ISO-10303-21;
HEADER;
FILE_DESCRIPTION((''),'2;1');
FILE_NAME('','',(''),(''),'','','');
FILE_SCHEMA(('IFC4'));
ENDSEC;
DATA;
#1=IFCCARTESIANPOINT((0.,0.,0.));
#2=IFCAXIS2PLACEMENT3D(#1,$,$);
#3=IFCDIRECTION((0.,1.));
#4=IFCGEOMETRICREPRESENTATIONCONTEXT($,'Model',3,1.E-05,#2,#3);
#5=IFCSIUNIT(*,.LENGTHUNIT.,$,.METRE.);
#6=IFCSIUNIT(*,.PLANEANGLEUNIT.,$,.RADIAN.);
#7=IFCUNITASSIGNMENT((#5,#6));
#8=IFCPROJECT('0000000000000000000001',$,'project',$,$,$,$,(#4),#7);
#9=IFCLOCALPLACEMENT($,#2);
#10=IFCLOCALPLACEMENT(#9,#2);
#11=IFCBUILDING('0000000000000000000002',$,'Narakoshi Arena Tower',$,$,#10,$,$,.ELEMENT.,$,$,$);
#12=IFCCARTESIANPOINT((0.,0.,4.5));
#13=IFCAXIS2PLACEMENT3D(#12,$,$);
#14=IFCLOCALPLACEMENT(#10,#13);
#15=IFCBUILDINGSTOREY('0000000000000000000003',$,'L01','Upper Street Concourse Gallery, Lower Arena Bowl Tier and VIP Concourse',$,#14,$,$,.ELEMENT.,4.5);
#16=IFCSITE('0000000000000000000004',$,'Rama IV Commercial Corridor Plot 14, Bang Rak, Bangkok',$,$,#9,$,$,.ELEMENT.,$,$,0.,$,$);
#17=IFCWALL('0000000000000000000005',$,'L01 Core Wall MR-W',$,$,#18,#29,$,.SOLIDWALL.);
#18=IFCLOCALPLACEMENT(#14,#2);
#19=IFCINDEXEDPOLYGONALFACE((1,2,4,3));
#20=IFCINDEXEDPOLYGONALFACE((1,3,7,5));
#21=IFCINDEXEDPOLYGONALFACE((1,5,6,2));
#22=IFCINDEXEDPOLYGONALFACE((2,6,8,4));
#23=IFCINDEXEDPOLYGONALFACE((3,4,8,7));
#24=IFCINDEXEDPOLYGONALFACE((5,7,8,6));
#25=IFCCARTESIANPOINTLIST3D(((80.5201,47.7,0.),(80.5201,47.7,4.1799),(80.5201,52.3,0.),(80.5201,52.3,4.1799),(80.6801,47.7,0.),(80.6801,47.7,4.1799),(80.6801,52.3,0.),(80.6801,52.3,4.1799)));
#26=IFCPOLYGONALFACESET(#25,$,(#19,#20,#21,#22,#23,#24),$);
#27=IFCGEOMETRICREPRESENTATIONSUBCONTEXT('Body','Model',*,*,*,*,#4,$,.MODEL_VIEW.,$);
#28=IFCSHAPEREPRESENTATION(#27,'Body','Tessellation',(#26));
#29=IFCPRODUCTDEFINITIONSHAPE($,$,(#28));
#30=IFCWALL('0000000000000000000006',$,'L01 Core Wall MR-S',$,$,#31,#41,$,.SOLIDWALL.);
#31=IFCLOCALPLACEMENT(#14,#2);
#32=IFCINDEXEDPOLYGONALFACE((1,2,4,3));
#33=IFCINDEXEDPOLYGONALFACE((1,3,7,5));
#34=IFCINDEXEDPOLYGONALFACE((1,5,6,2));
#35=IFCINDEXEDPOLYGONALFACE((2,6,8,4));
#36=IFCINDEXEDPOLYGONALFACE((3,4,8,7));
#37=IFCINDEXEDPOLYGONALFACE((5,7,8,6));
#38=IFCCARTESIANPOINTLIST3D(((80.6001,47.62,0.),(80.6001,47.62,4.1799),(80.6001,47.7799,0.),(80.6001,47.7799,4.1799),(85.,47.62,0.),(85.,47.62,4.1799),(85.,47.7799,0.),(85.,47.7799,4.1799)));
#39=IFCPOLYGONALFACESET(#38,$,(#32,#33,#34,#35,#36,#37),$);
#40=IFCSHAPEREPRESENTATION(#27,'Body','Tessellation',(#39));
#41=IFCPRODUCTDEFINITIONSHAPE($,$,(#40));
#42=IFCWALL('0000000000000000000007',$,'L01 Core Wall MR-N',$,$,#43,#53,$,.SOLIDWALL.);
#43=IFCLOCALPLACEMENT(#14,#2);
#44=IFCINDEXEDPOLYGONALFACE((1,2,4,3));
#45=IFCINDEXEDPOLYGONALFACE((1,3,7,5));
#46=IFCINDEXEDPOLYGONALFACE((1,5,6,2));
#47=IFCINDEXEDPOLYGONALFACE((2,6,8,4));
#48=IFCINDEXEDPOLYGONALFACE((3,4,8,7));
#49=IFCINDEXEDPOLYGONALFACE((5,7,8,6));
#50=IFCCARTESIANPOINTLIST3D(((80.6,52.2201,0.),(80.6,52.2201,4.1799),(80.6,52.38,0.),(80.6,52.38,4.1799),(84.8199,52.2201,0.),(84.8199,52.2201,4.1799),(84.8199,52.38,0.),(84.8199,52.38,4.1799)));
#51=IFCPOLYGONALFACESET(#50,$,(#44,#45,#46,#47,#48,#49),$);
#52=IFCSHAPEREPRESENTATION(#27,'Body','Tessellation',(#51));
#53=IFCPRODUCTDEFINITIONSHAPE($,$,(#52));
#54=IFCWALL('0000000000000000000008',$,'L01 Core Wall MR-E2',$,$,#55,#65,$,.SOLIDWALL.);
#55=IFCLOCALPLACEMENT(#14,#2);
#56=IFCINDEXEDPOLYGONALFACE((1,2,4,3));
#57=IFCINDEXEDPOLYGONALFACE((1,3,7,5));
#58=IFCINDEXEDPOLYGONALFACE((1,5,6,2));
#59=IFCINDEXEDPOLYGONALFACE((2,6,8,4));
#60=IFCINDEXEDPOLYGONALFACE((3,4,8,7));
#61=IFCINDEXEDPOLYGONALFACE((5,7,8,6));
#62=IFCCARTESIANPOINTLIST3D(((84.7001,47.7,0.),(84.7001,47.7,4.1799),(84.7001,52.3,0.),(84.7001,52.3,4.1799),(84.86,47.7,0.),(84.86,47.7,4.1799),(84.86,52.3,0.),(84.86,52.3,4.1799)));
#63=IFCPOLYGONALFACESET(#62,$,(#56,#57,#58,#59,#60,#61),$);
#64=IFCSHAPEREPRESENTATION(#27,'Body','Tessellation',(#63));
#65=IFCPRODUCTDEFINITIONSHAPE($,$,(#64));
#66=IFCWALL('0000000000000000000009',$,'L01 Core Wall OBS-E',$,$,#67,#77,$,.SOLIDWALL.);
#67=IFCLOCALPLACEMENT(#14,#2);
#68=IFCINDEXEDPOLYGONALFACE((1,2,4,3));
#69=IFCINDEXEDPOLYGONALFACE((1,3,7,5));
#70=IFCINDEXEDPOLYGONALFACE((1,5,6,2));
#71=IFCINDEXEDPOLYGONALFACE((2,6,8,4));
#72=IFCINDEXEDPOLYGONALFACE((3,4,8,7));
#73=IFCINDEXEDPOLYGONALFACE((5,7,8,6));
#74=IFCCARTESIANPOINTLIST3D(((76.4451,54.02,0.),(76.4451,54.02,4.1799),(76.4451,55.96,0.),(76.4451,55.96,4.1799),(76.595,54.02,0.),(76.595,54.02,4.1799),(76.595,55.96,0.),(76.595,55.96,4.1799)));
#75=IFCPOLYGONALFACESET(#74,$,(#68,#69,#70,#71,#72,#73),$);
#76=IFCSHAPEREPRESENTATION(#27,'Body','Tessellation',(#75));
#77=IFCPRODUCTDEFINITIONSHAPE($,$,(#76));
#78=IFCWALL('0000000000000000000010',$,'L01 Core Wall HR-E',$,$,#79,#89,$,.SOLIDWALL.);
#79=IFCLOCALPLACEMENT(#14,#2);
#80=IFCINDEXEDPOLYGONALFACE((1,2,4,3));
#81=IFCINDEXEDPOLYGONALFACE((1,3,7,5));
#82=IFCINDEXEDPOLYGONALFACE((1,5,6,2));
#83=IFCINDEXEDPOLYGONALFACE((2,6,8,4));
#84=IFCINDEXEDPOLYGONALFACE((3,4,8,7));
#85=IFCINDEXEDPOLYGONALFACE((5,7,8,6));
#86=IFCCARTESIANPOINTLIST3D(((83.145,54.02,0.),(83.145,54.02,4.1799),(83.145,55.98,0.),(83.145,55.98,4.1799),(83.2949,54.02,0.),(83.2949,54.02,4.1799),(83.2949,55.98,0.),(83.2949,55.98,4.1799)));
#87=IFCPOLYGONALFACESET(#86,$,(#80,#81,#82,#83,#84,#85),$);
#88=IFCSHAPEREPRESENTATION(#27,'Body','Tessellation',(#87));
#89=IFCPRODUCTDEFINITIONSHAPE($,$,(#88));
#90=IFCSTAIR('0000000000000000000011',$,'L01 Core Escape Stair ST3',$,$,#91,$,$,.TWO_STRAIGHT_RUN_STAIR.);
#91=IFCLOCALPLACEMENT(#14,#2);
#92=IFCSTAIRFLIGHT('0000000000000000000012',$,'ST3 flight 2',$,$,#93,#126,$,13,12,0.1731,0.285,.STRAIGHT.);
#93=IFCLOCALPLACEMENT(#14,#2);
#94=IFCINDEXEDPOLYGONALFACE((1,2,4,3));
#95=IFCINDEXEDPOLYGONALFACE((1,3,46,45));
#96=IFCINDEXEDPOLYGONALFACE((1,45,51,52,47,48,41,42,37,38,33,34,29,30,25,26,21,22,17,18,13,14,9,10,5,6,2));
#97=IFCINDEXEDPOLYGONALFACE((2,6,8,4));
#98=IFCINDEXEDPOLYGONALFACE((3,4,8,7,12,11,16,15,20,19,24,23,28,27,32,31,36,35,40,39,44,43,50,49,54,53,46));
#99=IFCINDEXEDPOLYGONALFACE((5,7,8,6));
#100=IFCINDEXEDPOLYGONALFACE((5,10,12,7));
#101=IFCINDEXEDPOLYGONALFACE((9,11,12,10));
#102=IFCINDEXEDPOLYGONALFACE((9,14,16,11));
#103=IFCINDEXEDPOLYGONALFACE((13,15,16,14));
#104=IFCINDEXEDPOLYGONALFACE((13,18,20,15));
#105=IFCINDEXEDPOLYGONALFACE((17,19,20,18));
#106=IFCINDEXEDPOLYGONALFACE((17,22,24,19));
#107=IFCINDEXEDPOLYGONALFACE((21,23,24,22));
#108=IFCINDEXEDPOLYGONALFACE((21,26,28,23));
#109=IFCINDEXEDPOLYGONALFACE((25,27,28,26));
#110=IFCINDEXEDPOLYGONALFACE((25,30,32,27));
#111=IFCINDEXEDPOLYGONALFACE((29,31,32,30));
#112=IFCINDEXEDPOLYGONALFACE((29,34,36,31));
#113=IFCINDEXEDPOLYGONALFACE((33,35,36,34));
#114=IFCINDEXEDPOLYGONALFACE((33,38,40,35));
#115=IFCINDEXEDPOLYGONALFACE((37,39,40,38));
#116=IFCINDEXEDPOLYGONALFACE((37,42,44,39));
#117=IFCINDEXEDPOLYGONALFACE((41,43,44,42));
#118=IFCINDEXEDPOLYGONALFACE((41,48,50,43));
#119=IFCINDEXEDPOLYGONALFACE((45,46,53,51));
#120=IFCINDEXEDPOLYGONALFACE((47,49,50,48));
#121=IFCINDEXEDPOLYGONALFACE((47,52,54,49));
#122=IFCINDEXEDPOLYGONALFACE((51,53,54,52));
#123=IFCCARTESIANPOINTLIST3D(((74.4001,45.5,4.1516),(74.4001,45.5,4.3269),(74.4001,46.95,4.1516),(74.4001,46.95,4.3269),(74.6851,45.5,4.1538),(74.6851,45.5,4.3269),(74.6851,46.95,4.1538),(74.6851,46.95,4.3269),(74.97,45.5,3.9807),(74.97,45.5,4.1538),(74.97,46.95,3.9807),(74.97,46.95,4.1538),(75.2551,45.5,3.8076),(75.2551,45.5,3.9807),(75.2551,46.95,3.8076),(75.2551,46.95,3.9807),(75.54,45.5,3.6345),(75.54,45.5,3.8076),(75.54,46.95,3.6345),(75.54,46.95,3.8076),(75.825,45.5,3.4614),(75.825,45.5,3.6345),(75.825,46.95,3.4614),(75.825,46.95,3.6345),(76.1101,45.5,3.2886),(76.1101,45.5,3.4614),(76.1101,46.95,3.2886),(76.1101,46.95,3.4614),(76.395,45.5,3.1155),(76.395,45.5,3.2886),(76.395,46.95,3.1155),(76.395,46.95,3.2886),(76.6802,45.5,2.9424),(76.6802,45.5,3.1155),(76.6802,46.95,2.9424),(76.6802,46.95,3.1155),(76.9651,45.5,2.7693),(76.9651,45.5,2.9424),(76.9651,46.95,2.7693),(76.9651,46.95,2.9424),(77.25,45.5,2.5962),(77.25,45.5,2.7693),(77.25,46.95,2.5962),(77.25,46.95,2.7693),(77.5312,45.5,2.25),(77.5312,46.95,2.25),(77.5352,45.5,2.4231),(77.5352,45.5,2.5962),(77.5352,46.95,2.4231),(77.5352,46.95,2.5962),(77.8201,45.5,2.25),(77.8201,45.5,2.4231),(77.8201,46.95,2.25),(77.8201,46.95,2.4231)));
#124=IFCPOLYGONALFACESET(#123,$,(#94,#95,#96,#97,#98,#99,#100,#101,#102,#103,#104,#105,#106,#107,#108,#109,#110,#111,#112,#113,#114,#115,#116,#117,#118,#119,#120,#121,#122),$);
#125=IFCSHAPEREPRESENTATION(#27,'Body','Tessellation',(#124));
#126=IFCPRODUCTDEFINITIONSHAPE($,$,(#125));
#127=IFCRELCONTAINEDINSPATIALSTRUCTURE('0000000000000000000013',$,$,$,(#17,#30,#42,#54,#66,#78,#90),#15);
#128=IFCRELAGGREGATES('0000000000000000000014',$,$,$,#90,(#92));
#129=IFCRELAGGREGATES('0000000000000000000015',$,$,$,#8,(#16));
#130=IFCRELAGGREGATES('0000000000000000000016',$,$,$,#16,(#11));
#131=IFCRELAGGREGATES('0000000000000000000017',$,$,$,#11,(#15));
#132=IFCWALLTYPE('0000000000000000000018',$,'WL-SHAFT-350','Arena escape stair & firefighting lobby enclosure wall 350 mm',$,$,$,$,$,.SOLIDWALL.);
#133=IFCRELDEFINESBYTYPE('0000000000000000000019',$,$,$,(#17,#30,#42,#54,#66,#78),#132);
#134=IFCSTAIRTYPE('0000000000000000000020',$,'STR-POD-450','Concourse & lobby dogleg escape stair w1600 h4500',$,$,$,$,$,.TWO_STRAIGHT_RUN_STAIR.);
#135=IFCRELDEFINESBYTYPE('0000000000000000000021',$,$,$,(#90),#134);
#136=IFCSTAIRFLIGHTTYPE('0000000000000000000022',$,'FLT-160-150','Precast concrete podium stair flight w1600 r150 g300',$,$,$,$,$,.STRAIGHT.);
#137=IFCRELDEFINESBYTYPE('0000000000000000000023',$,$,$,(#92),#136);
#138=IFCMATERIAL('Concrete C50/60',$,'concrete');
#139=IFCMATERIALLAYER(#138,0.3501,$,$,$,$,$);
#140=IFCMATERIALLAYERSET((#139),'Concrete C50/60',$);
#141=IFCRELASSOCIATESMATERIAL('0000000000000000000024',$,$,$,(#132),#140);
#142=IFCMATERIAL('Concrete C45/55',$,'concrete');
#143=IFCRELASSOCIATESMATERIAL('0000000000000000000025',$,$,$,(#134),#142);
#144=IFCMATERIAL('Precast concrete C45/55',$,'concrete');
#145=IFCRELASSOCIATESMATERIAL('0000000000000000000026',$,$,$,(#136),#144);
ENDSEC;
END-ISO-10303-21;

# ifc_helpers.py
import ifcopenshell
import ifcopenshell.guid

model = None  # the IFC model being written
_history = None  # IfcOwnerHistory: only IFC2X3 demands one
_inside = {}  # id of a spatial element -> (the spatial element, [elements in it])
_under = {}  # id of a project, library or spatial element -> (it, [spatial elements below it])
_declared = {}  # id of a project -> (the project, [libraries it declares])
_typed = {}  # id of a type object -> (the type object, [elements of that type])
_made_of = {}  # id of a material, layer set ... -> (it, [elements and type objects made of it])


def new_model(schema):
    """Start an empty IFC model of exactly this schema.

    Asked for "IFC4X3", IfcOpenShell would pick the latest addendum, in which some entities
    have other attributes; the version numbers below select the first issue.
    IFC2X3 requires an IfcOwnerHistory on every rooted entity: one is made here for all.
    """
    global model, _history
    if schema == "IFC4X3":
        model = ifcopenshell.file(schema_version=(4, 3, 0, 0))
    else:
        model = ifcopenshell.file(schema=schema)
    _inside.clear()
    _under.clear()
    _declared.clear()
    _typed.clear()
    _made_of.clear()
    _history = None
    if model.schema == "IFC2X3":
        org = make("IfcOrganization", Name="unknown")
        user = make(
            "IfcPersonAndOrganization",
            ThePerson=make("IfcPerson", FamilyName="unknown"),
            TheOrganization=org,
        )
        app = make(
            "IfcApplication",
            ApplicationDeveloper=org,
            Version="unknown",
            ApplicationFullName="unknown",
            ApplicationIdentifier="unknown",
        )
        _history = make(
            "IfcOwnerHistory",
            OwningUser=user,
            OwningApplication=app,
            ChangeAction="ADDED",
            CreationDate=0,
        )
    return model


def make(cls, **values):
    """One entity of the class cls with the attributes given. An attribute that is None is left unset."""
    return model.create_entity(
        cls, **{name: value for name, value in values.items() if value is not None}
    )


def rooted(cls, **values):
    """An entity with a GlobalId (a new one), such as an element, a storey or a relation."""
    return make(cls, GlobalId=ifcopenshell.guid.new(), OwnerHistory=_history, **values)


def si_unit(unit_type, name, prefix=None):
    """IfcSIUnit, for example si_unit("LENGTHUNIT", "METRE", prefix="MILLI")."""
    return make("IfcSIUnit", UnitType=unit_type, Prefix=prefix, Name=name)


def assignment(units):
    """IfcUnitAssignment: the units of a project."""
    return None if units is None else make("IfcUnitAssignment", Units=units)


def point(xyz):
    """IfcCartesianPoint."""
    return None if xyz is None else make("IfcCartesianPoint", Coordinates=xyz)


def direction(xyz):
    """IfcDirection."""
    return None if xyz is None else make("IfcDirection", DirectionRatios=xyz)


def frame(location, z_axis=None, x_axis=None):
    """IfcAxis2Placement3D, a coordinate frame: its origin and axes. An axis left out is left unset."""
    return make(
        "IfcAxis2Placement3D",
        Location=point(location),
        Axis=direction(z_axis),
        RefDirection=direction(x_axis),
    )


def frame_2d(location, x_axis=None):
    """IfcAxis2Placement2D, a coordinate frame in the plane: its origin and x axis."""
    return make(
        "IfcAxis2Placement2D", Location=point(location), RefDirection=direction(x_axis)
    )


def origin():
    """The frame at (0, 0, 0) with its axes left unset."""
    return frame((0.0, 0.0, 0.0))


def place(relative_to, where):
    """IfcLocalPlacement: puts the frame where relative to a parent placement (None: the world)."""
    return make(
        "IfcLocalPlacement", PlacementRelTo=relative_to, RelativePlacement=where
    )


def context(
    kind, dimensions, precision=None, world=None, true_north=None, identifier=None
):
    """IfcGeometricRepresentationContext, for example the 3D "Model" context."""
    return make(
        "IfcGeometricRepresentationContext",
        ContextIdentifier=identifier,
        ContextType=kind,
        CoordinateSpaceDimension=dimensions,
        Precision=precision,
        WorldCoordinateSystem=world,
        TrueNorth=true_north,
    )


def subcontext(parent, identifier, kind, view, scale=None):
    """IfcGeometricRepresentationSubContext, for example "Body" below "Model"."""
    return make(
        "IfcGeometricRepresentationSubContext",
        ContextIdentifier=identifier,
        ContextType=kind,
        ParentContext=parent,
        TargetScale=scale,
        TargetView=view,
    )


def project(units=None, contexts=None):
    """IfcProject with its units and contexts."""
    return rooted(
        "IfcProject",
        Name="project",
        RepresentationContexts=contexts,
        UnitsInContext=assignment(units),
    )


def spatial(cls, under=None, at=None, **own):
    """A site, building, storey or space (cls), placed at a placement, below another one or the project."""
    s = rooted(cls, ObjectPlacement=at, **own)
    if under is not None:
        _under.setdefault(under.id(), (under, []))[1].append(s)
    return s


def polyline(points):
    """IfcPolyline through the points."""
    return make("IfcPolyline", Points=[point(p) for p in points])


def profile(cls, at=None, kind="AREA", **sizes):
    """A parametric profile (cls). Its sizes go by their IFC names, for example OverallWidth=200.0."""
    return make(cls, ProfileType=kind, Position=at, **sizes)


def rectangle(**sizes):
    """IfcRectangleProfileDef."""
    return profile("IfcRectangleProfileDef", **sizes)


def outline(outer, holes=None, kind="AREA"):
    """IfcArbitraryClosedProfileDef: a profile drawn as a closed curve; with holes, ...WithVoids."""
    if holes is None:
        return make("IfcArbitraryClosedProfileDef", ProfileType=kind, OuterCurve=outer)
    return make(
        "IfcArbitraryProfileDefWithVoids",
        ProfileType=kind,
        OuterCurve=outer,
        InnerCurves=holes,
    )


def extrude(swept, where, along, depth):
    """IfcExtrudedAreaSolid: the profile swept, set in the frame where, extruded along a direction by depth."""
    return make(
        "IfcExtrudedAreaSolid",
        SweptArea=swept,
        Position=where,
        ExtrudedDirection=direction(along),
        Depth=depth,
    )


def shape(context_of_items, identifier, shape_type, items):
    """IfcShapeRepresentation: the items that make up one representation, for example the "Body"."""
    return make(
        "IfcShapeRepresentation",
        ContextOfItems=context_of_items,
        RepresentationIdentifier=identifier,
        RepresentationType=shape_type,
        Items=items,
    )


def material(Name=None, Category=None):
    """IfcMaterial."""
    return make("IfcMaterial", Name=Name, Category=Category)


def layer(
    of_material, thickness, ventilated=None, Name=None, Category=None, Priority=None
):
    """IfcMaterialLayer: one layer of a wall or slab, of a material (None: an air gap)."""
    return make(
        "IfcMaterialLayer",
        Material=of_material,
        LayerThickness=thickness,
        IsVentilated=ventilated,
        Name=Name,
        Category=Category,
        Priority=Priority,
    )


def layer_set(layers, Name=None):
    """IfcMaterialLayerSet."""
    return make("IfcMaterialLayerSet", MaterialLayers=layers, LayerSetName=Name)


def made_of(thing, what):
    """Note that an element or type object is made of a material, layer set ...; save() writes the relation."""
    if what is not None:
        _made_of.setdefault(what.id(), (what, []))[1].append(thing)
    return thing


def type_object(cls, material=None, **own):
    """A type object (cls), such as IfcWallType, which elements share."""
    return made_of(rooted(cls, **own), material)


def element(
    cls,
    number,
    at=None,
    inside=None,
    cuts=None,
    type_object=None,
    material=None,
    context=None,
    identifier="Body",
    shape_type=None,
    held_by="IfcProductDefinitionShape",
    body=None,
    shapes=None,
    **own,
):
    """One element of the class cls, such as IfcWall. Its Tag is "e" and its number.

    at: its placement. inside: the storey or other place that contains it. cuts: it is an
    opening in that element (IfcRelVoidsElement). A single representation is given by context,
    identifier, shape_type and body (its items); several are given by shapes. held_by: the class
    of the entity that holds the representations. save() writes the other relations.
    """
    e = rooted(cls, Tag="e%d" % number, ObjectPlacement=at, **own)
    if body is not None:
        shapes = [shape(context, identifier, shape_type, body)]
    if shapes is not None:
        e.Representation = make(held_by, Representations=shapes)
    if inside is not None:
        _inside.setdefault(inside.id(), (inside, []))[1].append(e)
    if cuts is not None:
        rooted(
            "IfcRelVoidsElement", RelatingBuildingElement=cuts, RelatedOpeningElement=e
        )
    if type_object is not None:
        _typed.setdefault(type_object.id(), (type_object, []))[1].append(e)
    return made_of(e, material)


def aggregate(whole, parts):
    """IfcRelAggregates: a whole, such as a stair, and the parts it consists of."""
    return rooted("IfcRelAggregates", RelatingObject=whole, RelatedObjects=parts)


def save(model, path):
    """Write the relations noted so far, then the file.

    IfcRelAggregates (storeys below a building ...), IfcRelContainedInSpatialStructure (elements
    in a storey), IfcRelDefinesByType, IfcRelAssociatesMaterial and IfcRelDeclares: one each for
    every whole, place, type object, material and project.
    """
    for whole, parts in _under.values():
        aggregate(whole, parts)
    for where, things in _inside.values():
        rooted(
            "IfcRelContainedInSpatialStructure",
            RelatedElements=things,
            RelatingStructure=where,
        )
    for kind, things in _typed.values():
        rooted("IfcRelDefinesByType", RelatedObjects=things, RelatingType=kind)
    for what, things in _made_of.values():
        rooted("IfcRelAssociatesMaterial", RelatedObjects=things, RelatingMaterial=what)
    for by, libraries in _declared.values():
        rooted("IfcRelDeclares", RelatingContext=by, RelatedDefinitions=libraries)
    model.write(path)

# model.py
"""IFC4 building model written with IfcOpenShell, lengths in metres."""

from ifc_helpers import new_model, si_unit, direction, frame, frame_2d, origin, place, context, subcontext, project, spatial, polyline, rectangle, outline, extrude, material, layer, layer_set, type_object, element, aggregate, save


model = new_model("IFC4")

# Units and contexts
model_context = context("Model", 3, precision=1e-05, world=origin(), true_north=direction((0.0, 1.0)))
body_context = subcontext(model_context, "Body", "Model", "MODEL_VIEW")
ifc_project = project(units=[si_unit("LENGTHUNIT", "METRE"), si_unit("PLANEANGLEUNIT", "RADIAN")], contexts=[model_context])

# Site, building, storey
site_placement = place(None, origin())
site = spatial("IfcSite", under=ifc_project, at=site_placement, Name="Rama IV Commercial Corridor Plot 14, Bang Rak, Bangkok", CompositionType="ELEMENT", RefElevation=0.0)
building_placement = place(site_placement, origin())
building = spatial("IfcBuilding", under=site, at=building_placement, Name="Narakoshi Arena Tower", CompositionType="ELEMENT")
storey_placement = place(building_placement, frame((0.0, 0.0, 4.5)))
storey = spatial("IfcBuildingStorey", under=building, at=storey_placement, Name="L01", Description="Upper Street Concourse Gallery, Lower Arena Bowl Tier and VIP Concourse", CompositionType="ELEMENT", Elevation=4.5)

# Walls
ifc_material_1 = material(Name="Concrete C50/60", Category="concrete")
ifc_layer_1 = layer(ifc_material_1, 0.3501)
ifc_layer_set_1 = layer_set([ifc_layer_1], Name="Concrete C50/60")
wall_type_1 = type_object("IfcWallType", Name="WL-SHAFT-350", Description="Arena escape stair & firefighting lobby enclosure wall 350 mm", PredefinedType="SOLIDWALL", material=ifc_layer_set_1)
wall_1_placement = place(storey_placement, frame((80.6001, 47.7, 0.0), z_axis=(0.0, 0.0, 1.0), x_axis=(0.0, 1.0, 0.0)))
element("IfcWall", 1, at=wall_1_placement, inside=storey, type_object=wall_type_1, Name="L01 Core Wall MR-W", PredefinedType="SOLIDWALL", context=body_context, shape_type="SweptSolid", body=[
    extrude(rectangle(XDim=4.6001, YDim=0.1599, at=frame_2d((2.3, 0.0))), origin(), (0.0, 0.0, 1.0), 4.1799),
])
wall_2_placement = place(storey_placement, frame((80.6001, 47.7, 0.0), z_axis=(0.0, 0.0, 1.0), x_axis=(1.0, 0.0, 0.0)))
element("IfcWall", 2, at=wall_2_placement, inside=storey, type_object=wall_type_1, Name="L01 Core Wall MR-S", PredefinedType="SOLIDWALL", context=body_context, shape_type="SweptSolid", body=[
    extrude(rectangle(XDim=4.3999, YDim=0.1599, at=frame_2d((2.2, 0.0))), origin(), (0.0, 0.0, 1.0), 4.1799),
])
wall_3_placement = place(storey_placement, frame((80.6001, 52.3, 0.0), z_axis=(0.0, 0.0, 1.0), x_axis=(1.0, 0.0, 0.0)))
element("IfcWall", 3, at=wall_3_placement, inside=storey, type_object=wall_type_1, Name="L01 Core Wall MR-N", PredefinedType="SOLIDWALL", context=body_context, shape_type="SweptSolid", body=[
    extrude(rectangle(XDim=4.22, YDim=0.1599, at=frame_2d((2.1099, 0.0))), origin(), (0.0, 0.0, 1.0), 4.1799),
])
wall_4_placement = place(storey_placement, frame((84.78, 47.7, 0.0), z_axis=(0.0, 0.0, 1.0), x_axis=(0.0, 1.0, 0.0)))
element("IfcWall", 4, at=wall_4_placement, inside=storey, type_object=wall_type_1, Name="L01 Core Wall MR-E2", PredefinedType="SOLIDWALL", context=body_context, shape_type="SweptSolid", body=[
    extrude(rectangle(XDim=4.6001, YDim=0.1599, at=frame_2d((2.3, 0.0))), origin(), (0.0, 0.0, 1.0), 4.1799),
])
wall_5_placement = place(storey_placement, frame((76.52, 54.02, 0.0), z_axis=(0.0, 0.0, 1.0), x_axis=(0.0, 1.0, 0.0)))
element("IfcWall", 5, at=wall_5_placement, inside=storey, type_object=wall_type_1, Name="L01 Core Wall OBS-E", PredefinedType="SOLIDWALL", context=body_context, shape_type="SweptSolid", body=[
    extrude(rectangle(XDim=1.9399, YDim=0.1499, at=frame_2d((0.97, 0.0))), origin(), (0.0, 0.0, 1.0), 4.1799),
])
wall_6_placement = place(storey_placement, frame((83.22, 54.02, 0.0), z_axis=(0.0, 0.0, 1.0), x_axis=(0.0, 1.0, 0.0)))
element("IfcWall", 6, at=wall_6_placement, inside=storey, type_object=wall_type_1, Name="L01 Core Wall HR-E", PredefinedType="SOLIDWALL", context=body_context, shape_type="SweptSolid", body=[
    extrude(rectangle(XDim=1.96, YDim=0.1499, at=frame_2d((0.98, 0.0))), origin(), (0.0, 0.0, 1.0), 4.1799),
])

# Stair, stair flight
ifc_material_2 = material(Name="Concrete C45/55", Category="concrete")
stair_type = type_object("IfcStairType", Name="STR-POD-450", Description="Concourse & lobby dogleg escape stair w1600 h4500", PredefinedType="TWO_STRAIGHT_RUN_STAIR", material=ifc_material_2)
stair_placement = place(storey_placement, origin())
stair = element("IfcStair", 7, at=stair_placement, inside=storey, type_object=stair_type, Name="L01 Core Escape Stair ST3", PredefinedType="TWO_STRAIGHT_RUN_STAIR")
ifc_material_3 = material(Name="Precast concrete C45/55", Category="concrete")
stair_flight_type = type_object("IfcStairFlightType", Name="FLT-160-150", Description="Precast concrete podium stair flight w1600 r150 g300", PredefinedType="STRAIGHT", material=ifc_material_3)
stair_flight_placement = place(storey_placement, frame((77.8201, 46.2251, 2.25), z_axis=(0.0, 0.0, 1.0), x_axis=(-1.0, 0.0, 0.0)))
stair_flight = element("IfcStairFlight", 8, at=stair_flight_placement, type_object=stair_flight_type, Name="ST3 flight 2", NumberOfRisers=13, NumberOfTreads=12, PredefinedType="STRAIGHT", RiserHeight=0.1731, TreadLength=0.285, context=body_context, shape_type="SweptSolid", body=[
    extrude(outline(polyline([(0.0, 0.0), (0.0, 0.1731), (0.2849, 0.1731), (0.2849, 0.3462), (0.5701, 0.3462), (0.5701, 0.5193), (0.855, 0.5193), (0.855, 0.6924), (1.1399, 0.6924), (1.1399, 0.8655), (1.425, 0.8655), (1.425, 1.0386), (1.71, 1.0386), (1.71, 1.2114), (1.9951, 1.2114), (1.9951, 1.3845), (2.28, 1.3845), (2.28, 1.5576), (2.5649, 1.5576), (2.5649, 1.7307), (2.8501, 1.7307), (2.8501, 1.9038), (3.135, 1.9038), (3.135, 2.0769), (3.4199, 2.0769), (3.4199, 2.25), (3.4199, 1.9016), (0.2888, 0.0), (0.0, 0.0)])), frame((0.0, 0.7251, 0.0), z_axis=(0.0, -1.0, 0.0), x_axis=(1.0, 0.0, 0.0)), (0.0, 0.0, 1.0), 1.45),
])
aggregate(stair, [stair_flight])

save(model, "model.ifc")
